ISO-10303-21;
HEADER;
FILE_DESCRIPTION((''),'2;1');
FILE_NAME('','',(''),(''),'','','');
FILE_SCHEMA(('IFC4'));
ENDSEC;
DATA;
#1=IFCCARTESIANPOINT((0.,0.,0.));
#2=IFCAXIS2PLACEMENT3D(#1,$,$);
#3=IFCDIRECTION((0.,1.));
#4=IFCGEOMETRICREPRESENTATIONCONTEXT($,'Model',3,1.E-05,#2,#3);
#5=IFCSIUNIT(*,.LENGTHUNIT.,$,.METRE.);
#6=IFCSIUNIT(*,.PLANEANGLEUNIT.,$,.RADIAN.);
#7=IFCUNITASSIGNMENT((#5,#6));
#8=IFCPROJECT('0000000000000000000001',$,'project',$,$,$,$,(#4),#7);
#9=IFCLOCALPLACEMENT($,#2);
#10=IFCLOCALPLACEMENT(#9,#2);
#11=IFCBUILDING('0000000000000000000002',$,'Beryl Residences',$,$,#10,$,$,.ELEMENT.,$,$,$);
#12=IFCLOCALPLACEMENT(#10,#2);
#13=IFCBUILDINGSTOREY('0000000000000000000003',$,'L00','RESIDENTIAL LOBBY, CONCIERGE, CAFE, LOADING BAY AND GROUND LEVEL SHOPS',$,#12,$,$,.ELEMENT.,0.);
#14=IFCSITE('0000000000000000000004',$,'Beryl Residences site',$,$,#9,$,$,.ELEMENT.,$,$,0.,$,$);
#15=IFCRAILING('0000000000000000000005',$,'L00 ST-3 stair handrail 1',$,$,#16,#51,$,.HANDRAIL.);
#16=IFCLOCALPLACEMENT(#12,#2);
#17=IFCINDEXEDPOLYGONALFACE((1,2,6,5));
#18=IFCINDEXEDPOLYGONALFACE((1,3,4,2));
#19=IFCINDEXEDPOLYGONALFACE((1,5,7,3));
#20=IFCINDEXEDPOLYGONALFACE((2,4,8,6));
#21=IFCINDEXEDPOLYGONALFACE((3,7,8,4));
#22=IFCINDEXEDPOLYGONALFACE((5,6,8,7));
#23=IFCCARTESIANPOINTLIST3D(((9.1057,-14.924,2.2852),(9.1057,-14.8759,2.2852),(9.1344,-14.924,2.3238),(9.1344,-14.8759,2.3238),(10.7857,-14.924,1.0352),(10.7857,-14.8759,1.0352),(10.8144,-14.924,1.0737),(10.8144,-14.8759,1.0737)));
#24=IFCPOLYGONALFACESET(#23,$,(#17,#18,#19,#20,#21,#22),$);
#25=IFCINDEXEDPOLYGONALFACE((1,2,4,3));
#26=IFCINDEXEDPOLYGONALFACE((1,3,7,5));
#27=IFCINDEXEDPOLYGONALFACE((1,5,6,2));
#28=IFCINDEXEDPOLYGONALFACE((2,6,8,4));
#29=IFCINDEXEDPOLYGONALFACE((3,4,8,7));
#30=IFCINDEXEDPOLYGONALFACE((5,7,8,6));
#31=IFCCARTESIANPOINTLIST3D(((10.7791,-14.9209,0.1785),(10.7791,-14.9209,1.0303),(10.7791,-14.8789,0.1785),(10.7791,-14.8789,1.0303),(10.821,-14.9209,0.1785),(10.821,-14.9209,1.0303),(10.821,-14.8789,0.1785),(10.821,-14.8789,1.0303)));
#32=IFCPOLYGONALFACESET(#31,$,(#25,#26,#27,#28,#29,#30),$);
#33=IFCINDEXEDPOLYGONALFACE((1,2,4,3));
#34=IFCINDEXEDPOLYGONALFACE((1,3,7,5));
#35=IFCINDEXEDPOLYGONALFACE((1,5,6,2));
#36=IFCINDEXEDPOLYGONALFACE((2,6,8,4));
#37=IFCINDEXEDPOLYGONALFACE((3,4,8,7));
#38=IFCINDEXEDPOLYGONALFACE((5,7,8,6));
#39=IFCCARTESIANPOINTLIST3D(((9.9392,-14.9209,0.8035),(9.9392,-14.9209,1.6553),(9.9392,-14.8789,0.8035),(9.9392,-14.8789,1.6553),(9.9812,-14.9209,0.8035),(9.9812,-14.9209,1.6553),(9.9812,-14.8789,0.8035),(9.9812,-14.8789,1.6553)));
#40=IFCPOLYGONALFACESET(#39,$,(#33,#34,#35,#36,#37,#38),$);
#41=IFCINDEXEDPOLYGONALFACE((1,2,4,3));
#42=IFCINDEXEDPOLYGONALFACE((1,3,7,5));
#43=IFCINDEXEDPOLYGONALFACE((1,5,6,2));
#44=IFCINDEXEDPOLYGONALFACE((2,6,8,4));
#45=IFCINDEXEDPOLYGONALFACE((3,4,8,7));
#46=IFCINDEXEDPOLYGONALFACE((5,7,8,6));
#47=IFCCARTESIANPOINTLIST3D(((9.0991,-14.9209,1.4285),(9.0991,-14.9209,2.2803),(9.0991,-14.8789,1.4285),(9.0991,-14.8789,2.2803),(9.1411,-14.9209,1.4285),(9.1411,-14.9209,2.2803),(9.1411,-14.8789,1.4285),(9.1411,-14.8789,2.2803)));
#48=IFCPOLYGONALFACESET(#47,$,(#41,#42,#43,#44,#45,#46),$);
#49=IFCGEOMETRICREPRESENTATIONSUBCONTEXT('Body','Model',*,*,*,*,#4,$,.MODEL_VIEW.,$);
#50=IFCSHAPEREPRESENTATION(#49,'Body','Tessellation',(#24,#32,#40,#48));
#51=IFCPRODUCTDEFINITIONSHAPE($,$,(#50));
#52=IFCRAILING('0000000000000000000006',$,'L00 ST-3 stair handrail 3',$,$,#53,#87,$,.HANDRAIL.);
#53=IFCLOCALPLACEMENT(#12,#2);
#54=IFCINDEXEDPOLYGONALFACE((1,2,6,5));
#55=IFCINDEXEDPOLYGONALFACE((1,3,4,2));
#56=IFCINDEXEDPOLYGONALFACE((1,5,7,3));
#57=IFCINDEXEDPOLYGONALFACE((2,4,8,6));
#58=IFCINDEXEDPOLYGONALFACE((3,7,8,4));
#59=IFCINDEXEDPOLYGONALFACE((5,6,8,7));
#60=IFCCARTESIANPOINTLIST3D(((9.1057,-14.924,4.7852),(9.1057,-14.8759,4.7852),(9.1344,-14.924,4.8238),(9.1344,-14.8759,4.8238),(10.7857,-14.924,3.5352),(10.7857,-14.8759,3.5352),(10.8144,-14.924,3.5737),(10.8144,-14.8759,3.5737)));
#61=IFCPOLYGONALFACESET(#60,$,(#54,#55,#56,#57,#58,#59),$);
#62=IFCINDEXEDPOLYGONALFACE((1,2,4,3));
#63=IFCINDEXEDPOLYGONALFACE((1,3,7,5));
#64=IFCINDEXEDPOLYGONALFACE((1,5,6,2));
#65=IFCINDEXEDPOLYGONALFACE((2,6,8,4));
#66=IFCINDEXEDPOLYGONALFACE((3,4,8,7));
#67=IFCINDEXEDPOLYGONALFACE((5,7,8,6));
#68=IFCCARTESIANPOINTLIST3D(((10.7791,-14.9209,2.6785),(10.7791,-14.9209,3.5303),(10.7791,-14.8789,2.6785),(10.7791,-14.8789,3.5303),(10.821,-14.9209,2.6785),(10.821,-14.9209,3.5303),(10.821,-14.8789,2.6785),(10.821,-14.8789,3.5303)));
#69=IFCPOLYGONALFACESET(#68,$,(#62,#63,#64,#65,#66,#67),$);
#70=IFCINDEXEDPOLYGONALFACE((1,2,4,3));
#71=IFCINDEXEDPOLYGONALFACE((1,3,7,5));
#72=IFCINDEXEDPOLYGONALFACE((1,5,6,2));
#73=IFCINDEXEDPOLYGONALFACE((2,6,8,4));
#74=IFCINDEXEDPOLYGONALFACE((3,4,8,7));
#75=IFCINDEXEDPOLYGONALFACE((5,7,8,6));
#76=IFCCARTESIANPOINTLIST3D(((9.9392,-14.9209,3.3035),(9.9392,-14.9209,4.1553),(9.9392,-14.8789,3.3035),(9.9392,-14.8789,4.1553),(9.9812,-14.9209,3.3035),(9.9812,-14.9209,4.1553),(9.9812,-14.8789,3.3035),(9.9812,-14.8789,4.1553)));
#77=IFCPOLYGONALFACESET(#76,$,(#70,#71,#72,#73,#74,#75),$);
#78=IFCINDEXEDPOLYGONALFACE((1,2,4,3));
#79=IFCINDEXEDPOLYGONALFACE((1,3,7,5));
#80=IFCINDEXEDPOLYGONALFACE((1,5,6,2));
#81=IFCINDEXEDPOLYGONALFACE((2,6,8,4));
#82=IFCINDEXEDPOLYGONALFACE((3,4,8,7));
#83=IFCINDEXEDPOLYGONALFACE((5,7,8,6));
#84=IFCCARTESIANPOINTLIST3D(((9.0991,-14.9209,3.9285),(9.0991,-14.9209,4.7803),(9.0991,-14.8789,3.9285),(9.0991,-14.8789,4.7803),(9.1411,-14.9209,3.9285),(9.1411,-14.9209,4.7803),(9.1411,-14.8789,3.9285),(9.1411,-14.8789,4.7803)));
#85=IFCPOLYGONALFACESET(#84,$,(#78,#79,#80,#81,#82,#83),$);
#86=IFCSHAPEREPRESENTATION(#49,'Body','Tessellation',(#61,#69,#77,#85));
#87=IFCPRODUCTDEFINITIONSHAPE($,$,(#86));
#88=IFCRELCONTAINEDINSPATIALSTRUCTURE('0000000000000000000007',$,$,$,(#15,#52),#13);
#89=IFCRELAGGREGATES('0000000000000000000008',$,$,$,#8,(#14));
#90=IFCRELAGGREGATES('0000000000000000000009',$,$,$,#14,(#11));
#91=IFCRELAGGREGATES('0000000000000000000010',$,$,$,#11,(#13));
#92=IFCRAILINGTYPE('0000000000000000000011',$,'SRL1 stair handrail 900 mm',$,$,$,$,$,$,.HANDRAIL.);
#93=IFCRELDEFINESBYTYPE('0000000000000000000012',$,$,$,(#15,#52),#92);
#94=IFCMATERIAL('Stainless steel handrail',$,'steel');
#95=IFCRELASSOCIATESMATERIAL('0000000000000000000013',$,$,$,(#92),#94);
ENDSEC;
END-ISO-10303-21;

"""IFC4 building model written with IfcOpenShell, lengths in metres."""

from ifc_helpers import new_model, si_unit, direction, frame, origin, origin_2d, place, context, subcontext, project, spatial, rectangle, extrude, material, type_object, element, save


model = new_model("IFC4")

# Units and contexts
model_context = context("Model", 3, precision=1e-05, world=origin(), true_north=direction((0.0, 1.0)))
body_context = subcontext(model_context, "Body", "Model", "MODEL_VIEW")
ifc_project = project(units=[si_unit("LENGTHUNIT", "METRE"), si_unit("PLANEANGLEUNIT", "RADIAN")], contexts=[model_context])

# Site, building, storey
site_placement = place(None, origin())
site = spatial("IfcSite", under=ifc_project, at=site_placement, Name="Beryl Residences site", CompositionType="ELEMENT", RefElevation=0.0)
building_placement = place(site_placement, origin())
building = spatial("IfcBuilding", under=site, at=building_placement, Name="Beryl Residences", CompositionType="ELEMENT")
storey_placement = place(building_placement, origin())
storey = spatial("IfcBuildingStorey", under=building, at=storey_placement, Name="L00", Description="RESIDENTIAL LOBBY, CONCIERGE, CAFE, LOADING BAY AND GROUND LEVEL SHOPS", CompositionType="ELEMENT", Elevation=0.0)

# Railings
ifc_material_1 = material(Name="Stainless steel handrail", Category="steel")
railing_type_1 = type_object("IfcRailingType", Name="SRL1 stair handrail 900 mm", PredefinedType="HANDRAIL", material=ifc_material_1)
for number, where, name in (
    (1, (10.8, -14.8999, 0.1785), "L00 ST-3 stair handrail 1"),
    (2, (10.8, -14.8999, 2.6785), "L00 ST-3 stair handrail 3"),
):
    element("IfcRailing", number, at=place(storey_placement, frame(where)), inside=storey, type_object=railing_type_1, Name=name, PredefinedType="HANDRAIL", context=body_context, shape_type="SweptSolid", body=[
        extrude(rectangle(XDim=0.0481, YDim=0.0481, at=origin_2d()), frame((0.0, 0.0, 0.876), z_axis=(-0.802275, 0.0, 0.596955), x_axis=(0.0, -1.0, 0.0)), (0.0, 0.0, 1.0), 2.094),
        extrude(rectangle(XDim=0.042, YDim=0.042, at=origin_2d()), origin(), (0.0, 0.0, 1.0), 0.8518),
        extrude(rectangle(XDim=0.042, YDim=0.042, at=origin_2d()), frame((-0.8398, 0.0, 0.625)), (0.0, 0.0, 1.0), 0.8518),
        extrude(rectangle(XDim=0.042, YDim=0.042, at=origin_2d()), frame((-1.6799, 0.0, 1.25)), (0.0, 0.0, 1.0), 0.8518),
    ])

save(model, "model.ifc")
